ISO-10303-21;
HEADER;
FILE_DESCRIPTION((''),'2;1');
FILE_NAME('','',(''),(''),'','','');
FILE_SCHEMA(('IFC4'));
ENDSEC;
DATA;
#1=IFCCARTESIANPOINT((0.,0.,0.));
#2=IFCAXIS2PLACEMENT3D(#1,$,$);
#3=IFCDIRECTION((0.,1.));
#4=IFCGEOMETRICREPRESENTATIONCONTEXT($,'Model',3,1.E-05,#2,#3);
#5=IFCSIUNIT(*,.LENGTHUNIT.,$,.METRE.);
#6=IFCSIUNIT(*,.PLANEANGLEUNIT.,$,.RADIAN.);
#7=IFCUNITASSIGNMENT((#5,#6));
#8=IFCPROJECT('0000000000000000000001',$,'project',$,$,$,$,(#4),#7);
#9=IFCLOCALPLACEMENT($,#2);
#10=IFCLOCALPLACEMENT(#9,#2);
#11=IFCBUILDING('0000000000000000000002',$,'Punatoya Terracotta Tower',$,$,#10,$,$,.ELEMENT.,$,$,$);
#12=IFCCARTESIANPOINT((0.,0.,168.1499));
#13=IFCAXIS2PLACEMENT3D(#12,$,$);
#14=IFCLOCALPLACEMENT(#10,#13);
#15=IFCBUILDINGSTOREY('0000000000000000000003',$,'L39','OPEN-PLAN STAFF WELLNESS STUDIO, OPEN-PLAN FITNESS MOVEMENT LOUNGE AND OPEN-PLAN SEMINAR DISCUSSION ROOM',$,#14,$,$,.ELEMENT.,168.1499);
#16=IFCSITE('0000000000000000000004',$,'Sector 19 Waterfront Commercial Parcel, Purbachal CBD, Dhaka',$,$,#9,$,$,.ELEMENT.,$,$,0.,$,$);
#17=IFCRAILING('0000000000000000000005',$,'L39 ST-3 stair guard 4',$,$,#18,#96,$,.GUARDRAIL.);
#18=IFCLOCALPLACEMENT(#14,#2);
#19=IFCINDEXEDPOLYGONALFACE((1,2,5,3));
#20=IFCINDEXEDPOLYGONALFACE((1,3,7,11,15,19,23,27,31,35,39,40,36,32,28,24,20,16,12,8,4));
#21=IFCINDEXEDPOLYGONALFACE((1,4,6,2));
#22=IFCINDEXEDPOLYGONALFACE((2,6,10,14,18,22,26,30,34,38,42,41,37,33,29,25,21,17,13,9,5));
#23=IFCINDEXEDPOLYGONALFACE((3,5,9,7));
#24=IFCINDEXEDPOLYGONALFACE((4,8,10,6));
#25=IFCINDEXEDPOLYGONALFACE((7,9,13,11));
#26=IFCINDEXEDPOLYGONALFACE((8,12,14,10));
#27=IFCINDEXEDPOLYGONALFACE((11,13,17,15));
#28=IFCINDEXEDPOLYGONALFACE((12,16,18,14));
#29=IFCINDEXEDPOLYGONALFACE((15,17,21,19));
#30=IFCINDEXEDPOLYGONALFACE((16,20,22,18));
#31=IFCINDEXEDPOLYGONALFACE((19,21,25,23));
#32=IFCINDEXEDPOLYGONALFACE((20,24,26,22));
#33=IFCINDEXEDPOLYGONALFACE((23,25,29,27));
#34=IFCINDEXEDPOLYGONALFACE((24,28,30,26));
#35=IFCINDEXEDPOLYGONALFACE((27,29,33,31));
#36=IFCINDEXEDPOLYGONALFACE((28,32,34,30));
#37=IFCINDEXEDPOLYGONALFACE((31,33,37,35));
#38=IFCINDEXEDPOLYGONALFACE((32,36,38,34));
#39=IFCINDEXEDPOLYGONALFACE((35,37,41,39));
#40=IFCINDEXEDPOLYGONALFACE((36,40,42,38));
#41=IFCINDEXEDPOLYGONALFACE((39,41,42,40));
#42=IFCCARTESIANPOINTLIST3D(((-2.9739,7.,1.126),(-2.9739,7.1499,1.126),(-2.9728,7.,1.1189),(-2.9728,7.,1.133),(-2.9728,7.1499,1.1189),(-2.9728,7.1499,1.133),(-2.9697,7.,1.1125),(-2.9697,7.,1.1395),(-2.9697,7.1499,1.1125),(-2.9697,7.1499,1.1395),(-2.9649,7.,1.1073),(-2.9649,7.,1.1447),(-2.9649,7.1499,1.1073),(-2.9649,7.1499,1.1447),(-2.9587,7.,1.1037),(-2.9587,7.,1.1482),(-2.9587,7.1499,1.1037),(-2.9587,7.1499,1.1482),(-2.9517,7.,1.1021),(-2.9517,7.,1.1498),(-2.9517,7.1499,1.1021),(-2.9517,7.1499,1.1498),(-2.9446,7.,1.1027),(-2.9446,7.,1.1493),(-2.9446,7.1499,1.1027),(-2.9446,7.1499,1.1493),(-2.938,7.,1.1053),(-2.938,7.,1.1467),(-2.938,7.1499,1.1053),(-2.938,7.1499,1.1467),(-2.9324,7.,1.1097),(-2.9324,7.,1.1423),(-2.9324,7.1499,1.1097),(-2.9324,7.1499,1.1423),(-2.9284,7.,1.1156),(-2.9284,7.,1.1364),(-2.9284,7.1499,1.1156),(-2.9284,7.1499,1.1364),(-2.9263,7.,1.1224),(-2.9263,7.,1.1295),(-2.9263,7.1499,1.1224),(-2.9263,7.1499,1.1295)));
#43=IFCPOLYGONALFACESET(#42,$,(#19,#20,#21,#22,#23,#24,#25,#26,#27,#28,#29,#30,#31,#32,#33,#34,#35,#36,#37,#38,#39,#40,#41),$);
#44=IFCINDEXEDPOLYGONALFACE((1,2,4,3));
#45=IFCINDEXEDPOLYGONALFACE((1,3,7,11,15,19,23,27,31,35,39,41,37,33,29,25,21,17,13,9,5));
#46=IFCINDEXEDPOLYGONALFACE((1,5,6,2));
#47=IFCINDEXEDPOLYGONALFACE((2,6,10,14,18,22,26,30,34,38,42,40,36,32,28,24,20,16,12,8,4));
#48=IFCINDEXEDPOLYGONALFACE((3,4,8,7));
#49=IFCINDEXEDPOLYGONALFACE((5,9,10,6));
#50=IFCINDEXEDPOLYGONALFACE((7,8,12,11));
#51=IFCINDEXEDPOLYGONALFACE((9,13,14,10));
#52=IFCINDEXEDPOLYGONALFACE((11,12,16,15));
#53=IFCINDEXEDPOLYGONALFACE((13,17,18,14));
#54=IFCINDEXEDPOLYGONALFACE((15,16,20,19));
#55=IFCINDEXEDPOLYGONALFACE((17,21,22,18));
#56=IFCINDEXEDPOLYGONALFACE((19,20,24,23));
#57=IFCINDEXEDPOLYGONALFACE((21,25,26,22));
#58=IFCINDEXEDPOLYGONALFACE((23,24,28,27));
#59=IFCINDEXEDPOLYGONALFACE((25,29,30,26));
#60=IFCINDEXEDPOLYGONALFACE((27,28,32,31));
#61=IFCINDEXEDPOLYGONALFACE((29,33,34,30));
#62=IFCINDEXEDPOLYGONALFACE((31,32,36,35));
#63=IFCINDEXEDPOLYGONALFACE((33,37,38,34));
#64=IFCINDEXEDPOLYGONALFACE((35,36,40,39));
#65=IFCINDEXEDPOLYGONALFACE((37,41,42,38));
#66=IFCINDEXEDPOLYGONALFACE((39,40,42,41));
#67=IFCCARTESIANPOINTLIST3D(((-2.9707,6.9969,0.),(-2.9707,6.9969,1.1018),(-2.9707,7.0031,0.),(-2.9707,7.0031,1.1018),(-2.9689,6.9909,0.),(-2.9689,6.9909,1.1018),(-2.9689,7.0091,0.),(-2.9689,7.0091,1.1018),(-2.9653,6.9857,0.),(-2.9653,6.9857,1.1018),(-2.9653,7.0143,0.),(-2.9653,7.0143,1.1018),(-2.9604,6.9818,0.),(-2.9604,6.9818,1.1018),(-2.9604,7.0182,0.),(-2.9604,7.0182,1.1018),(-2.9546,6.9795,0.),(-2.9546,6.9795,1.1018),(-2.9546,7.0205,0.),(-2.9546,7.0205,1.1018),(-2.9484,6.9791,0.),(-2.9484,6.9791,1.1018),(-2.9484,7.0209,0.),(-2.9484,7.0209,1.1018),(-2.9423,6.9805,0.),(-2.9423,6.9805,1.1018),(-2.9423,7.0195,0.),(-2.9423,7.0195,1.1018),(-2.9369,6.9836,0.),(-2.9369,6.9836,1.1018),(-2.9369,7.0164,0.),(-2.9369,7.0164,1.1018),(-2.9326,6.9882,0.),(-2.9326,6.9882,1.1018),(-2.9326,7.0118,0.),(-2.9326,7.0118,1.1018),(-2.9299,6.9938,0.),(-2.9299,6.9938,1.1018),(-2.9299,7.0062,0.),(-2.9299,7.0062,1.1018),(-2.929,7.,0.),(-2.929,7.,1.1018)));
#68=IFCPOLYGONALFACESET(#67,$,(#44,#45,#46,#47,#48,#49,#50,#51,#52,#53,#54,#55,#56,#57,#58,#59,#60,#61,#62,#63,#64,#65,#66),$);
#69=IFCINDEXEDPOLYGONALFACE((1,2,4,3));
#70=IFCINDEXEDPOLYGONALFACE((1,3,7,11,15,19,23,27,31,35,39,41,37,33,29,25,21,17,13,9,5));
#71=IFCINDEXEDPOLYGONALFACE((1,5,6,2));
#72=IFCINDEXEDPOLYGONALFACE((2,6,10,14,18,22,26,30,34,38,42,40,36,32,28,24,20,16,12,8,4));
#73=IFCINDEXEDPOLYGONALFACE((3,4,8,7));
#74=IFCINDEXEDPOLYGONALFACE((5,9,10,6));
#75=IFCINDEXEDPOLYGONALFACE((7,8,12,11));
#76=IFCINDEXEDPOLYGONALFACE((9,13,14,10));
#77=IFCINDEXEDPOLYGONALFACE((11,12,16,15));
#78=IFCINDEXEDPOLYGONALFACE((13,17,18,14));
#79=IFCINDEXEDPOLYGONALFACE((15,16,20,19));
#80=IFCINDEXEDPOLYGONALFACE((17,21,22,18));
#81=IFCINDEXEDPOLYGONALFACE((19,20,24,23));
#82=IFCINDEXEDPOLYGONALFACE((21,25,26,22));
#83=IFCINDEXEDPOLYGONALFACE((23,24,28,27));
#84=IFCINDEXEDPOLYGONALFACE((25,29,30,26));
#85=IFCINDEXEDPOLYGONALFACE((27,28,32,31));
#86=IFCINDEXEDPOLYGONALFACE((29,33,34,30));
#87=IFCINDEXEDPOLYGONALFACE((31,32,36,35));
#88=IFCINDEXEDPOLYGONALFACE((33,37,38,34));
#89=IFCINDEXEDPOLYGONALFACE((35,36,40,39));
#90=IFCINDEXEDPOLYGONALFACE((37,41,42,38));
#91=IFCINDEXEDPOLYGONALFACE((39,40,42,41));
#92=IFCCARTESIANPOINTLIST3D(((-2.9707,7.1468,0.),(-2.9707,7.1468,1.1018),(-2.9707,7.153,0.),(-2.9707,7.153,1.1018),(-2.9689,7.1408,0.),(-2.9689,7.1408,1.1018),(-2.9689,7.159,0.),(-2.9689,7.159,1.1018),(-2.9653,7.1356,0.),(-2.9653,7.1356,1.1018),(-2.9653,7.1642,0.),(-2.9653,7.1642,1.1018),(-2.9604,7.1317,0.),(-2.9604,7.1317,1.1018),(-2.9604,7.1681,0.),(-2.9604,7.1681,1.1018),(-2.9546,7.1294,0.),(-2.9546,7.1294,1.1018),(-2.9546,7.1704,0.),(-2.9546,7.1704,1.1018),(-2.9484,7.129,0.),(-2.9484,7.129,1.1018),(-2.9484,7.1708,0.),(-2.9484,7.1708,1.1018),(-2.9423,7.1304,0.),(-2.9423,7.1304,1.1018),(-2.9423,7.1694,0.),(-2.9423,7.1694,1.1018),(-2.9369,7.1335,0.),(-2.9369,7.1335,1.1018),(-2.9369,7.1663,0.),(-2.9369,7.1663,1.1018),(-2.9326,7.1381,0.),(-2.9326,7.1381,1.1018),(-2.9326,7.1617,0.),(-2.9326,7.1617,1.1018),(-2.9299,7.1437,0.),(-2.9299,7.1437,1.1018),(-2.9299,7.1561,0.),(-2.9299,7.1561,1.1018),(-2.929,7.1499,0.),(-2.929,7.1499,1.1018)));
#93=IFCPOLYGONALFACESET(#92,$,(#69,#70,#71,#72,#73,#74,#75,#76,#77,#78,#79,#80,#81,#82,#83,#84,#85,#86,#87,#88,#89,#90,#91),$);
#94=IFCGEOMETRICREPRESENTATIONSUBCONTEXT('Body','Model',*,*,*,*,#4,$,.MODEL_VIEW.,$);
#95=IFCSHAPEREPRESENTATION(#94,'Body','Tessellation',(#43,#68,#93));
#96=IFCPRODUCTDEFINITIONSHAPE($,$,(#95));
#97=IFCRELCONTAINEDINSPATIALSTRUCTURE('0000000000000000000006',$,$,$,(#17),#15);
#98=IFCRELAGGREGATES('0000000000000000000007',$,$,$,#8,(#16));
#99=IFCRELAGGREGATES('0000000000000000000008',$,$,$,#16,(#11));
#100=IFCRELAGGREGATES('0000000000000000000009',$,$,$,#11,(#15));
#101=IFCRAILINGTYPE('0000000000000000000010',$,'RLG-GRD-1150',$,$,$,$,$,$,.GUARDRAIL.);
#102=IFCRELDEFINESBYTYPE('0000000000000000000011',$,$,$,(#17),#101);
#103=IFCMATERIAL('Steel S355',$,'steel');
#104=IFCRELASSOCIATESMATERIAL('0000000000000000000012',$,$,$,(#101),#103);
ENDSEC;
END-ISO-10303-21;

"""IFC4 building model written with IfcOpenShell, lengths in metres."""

from ifc_helpers import new_model, si_unit, direction, frame, origin, origin_2d, place, context, subcontext, project, spatial, circle, extrude, material, type_object, element, save


model = new_model("IFC4")

# Units and contexts
model_context = context("Model", 3, precision=1e-05, world=origin(), true_north=direction((0.0, 1.0)))
body_context = subcontext(model_context, "Body", "Model", "MODEL_VIEW")
ifc_project = project(units=[si_unit("LENGTHUNIT", "METRE"), si_unit("PLANEANGLEUNIT", "RADIAN")], contexts=[model_context])

# Site, building, storey
site_placement = place(None, origin())
site = spatial("IfcSite", under=ifc_project, at=site_placement, Name="Sector 19 Waterfront Commercial Parcel, Purbachal CBD, Dhaka", CompositionType="ELEMENT", RefElevation=0.0)
building_placement = place(site_placement, origin())
building = spatial("IfcBuilding", under=site, at=building_placement, Name="Punatoya Terracotta Tower", CompositionType="ELEMENT")
storey_placement = place(building_placement, frame((0.0, 0.0, 168.1499)))
storey = spatial("IfcBuildingStorey", under=building, at=storey_placement, Name="L39", Description="OPEN-PLAN STAFF WELLNESS STUDIO, OPEN-PLAN FITNESS MOVEMENT LOUNGE AND OPEN-PLAN SEMINAR DISCUSSION ROOM", CompositionType="ELEMENT", Elevation=168.1499)

# Shared definitions
ifc_material_1 = material(Name="Steel S355", Category="steel")

# Railing
railing_type_1 = type_object("IfcRailingType", Name="RLG-GRD-1150", PredefinedType="GUARDRAIL", material=ifc_material_1)
railing_1_placement = place(storey_placement, frame((-2.95, 7.0, 0.0)))
element("IfcRailing", 1, at=railing_1_placement, inside=storey, type_object=railing_type_1, Name="L39 ST-3 stair guard 4", PredefinedType="GUARDRAIL", context=body_context, shape_type="SweptSolid", body=[
    extrude(circle(Radius=0.0239, at=origin_2d()), frame((0.0, 0.0, 1.126), z_axis=(0.0, 1.0, 0.0), x_axis=(-1.0, 0.0, 0.0)), (0.0, 0.0, 1.0), 0.1499),
    extrude(circle(Radius=0.021, at=origin_2d()), origin(), (0.0, 0.0, 1.0), 1.1018),
    extrude(circle(Radius=0.021, at=origin_2d()), frame((0.0, 0.1499, 0.0)), (0.0, 0.0, 1.0), 1.1018),
])

save(model, "model.ifc")
